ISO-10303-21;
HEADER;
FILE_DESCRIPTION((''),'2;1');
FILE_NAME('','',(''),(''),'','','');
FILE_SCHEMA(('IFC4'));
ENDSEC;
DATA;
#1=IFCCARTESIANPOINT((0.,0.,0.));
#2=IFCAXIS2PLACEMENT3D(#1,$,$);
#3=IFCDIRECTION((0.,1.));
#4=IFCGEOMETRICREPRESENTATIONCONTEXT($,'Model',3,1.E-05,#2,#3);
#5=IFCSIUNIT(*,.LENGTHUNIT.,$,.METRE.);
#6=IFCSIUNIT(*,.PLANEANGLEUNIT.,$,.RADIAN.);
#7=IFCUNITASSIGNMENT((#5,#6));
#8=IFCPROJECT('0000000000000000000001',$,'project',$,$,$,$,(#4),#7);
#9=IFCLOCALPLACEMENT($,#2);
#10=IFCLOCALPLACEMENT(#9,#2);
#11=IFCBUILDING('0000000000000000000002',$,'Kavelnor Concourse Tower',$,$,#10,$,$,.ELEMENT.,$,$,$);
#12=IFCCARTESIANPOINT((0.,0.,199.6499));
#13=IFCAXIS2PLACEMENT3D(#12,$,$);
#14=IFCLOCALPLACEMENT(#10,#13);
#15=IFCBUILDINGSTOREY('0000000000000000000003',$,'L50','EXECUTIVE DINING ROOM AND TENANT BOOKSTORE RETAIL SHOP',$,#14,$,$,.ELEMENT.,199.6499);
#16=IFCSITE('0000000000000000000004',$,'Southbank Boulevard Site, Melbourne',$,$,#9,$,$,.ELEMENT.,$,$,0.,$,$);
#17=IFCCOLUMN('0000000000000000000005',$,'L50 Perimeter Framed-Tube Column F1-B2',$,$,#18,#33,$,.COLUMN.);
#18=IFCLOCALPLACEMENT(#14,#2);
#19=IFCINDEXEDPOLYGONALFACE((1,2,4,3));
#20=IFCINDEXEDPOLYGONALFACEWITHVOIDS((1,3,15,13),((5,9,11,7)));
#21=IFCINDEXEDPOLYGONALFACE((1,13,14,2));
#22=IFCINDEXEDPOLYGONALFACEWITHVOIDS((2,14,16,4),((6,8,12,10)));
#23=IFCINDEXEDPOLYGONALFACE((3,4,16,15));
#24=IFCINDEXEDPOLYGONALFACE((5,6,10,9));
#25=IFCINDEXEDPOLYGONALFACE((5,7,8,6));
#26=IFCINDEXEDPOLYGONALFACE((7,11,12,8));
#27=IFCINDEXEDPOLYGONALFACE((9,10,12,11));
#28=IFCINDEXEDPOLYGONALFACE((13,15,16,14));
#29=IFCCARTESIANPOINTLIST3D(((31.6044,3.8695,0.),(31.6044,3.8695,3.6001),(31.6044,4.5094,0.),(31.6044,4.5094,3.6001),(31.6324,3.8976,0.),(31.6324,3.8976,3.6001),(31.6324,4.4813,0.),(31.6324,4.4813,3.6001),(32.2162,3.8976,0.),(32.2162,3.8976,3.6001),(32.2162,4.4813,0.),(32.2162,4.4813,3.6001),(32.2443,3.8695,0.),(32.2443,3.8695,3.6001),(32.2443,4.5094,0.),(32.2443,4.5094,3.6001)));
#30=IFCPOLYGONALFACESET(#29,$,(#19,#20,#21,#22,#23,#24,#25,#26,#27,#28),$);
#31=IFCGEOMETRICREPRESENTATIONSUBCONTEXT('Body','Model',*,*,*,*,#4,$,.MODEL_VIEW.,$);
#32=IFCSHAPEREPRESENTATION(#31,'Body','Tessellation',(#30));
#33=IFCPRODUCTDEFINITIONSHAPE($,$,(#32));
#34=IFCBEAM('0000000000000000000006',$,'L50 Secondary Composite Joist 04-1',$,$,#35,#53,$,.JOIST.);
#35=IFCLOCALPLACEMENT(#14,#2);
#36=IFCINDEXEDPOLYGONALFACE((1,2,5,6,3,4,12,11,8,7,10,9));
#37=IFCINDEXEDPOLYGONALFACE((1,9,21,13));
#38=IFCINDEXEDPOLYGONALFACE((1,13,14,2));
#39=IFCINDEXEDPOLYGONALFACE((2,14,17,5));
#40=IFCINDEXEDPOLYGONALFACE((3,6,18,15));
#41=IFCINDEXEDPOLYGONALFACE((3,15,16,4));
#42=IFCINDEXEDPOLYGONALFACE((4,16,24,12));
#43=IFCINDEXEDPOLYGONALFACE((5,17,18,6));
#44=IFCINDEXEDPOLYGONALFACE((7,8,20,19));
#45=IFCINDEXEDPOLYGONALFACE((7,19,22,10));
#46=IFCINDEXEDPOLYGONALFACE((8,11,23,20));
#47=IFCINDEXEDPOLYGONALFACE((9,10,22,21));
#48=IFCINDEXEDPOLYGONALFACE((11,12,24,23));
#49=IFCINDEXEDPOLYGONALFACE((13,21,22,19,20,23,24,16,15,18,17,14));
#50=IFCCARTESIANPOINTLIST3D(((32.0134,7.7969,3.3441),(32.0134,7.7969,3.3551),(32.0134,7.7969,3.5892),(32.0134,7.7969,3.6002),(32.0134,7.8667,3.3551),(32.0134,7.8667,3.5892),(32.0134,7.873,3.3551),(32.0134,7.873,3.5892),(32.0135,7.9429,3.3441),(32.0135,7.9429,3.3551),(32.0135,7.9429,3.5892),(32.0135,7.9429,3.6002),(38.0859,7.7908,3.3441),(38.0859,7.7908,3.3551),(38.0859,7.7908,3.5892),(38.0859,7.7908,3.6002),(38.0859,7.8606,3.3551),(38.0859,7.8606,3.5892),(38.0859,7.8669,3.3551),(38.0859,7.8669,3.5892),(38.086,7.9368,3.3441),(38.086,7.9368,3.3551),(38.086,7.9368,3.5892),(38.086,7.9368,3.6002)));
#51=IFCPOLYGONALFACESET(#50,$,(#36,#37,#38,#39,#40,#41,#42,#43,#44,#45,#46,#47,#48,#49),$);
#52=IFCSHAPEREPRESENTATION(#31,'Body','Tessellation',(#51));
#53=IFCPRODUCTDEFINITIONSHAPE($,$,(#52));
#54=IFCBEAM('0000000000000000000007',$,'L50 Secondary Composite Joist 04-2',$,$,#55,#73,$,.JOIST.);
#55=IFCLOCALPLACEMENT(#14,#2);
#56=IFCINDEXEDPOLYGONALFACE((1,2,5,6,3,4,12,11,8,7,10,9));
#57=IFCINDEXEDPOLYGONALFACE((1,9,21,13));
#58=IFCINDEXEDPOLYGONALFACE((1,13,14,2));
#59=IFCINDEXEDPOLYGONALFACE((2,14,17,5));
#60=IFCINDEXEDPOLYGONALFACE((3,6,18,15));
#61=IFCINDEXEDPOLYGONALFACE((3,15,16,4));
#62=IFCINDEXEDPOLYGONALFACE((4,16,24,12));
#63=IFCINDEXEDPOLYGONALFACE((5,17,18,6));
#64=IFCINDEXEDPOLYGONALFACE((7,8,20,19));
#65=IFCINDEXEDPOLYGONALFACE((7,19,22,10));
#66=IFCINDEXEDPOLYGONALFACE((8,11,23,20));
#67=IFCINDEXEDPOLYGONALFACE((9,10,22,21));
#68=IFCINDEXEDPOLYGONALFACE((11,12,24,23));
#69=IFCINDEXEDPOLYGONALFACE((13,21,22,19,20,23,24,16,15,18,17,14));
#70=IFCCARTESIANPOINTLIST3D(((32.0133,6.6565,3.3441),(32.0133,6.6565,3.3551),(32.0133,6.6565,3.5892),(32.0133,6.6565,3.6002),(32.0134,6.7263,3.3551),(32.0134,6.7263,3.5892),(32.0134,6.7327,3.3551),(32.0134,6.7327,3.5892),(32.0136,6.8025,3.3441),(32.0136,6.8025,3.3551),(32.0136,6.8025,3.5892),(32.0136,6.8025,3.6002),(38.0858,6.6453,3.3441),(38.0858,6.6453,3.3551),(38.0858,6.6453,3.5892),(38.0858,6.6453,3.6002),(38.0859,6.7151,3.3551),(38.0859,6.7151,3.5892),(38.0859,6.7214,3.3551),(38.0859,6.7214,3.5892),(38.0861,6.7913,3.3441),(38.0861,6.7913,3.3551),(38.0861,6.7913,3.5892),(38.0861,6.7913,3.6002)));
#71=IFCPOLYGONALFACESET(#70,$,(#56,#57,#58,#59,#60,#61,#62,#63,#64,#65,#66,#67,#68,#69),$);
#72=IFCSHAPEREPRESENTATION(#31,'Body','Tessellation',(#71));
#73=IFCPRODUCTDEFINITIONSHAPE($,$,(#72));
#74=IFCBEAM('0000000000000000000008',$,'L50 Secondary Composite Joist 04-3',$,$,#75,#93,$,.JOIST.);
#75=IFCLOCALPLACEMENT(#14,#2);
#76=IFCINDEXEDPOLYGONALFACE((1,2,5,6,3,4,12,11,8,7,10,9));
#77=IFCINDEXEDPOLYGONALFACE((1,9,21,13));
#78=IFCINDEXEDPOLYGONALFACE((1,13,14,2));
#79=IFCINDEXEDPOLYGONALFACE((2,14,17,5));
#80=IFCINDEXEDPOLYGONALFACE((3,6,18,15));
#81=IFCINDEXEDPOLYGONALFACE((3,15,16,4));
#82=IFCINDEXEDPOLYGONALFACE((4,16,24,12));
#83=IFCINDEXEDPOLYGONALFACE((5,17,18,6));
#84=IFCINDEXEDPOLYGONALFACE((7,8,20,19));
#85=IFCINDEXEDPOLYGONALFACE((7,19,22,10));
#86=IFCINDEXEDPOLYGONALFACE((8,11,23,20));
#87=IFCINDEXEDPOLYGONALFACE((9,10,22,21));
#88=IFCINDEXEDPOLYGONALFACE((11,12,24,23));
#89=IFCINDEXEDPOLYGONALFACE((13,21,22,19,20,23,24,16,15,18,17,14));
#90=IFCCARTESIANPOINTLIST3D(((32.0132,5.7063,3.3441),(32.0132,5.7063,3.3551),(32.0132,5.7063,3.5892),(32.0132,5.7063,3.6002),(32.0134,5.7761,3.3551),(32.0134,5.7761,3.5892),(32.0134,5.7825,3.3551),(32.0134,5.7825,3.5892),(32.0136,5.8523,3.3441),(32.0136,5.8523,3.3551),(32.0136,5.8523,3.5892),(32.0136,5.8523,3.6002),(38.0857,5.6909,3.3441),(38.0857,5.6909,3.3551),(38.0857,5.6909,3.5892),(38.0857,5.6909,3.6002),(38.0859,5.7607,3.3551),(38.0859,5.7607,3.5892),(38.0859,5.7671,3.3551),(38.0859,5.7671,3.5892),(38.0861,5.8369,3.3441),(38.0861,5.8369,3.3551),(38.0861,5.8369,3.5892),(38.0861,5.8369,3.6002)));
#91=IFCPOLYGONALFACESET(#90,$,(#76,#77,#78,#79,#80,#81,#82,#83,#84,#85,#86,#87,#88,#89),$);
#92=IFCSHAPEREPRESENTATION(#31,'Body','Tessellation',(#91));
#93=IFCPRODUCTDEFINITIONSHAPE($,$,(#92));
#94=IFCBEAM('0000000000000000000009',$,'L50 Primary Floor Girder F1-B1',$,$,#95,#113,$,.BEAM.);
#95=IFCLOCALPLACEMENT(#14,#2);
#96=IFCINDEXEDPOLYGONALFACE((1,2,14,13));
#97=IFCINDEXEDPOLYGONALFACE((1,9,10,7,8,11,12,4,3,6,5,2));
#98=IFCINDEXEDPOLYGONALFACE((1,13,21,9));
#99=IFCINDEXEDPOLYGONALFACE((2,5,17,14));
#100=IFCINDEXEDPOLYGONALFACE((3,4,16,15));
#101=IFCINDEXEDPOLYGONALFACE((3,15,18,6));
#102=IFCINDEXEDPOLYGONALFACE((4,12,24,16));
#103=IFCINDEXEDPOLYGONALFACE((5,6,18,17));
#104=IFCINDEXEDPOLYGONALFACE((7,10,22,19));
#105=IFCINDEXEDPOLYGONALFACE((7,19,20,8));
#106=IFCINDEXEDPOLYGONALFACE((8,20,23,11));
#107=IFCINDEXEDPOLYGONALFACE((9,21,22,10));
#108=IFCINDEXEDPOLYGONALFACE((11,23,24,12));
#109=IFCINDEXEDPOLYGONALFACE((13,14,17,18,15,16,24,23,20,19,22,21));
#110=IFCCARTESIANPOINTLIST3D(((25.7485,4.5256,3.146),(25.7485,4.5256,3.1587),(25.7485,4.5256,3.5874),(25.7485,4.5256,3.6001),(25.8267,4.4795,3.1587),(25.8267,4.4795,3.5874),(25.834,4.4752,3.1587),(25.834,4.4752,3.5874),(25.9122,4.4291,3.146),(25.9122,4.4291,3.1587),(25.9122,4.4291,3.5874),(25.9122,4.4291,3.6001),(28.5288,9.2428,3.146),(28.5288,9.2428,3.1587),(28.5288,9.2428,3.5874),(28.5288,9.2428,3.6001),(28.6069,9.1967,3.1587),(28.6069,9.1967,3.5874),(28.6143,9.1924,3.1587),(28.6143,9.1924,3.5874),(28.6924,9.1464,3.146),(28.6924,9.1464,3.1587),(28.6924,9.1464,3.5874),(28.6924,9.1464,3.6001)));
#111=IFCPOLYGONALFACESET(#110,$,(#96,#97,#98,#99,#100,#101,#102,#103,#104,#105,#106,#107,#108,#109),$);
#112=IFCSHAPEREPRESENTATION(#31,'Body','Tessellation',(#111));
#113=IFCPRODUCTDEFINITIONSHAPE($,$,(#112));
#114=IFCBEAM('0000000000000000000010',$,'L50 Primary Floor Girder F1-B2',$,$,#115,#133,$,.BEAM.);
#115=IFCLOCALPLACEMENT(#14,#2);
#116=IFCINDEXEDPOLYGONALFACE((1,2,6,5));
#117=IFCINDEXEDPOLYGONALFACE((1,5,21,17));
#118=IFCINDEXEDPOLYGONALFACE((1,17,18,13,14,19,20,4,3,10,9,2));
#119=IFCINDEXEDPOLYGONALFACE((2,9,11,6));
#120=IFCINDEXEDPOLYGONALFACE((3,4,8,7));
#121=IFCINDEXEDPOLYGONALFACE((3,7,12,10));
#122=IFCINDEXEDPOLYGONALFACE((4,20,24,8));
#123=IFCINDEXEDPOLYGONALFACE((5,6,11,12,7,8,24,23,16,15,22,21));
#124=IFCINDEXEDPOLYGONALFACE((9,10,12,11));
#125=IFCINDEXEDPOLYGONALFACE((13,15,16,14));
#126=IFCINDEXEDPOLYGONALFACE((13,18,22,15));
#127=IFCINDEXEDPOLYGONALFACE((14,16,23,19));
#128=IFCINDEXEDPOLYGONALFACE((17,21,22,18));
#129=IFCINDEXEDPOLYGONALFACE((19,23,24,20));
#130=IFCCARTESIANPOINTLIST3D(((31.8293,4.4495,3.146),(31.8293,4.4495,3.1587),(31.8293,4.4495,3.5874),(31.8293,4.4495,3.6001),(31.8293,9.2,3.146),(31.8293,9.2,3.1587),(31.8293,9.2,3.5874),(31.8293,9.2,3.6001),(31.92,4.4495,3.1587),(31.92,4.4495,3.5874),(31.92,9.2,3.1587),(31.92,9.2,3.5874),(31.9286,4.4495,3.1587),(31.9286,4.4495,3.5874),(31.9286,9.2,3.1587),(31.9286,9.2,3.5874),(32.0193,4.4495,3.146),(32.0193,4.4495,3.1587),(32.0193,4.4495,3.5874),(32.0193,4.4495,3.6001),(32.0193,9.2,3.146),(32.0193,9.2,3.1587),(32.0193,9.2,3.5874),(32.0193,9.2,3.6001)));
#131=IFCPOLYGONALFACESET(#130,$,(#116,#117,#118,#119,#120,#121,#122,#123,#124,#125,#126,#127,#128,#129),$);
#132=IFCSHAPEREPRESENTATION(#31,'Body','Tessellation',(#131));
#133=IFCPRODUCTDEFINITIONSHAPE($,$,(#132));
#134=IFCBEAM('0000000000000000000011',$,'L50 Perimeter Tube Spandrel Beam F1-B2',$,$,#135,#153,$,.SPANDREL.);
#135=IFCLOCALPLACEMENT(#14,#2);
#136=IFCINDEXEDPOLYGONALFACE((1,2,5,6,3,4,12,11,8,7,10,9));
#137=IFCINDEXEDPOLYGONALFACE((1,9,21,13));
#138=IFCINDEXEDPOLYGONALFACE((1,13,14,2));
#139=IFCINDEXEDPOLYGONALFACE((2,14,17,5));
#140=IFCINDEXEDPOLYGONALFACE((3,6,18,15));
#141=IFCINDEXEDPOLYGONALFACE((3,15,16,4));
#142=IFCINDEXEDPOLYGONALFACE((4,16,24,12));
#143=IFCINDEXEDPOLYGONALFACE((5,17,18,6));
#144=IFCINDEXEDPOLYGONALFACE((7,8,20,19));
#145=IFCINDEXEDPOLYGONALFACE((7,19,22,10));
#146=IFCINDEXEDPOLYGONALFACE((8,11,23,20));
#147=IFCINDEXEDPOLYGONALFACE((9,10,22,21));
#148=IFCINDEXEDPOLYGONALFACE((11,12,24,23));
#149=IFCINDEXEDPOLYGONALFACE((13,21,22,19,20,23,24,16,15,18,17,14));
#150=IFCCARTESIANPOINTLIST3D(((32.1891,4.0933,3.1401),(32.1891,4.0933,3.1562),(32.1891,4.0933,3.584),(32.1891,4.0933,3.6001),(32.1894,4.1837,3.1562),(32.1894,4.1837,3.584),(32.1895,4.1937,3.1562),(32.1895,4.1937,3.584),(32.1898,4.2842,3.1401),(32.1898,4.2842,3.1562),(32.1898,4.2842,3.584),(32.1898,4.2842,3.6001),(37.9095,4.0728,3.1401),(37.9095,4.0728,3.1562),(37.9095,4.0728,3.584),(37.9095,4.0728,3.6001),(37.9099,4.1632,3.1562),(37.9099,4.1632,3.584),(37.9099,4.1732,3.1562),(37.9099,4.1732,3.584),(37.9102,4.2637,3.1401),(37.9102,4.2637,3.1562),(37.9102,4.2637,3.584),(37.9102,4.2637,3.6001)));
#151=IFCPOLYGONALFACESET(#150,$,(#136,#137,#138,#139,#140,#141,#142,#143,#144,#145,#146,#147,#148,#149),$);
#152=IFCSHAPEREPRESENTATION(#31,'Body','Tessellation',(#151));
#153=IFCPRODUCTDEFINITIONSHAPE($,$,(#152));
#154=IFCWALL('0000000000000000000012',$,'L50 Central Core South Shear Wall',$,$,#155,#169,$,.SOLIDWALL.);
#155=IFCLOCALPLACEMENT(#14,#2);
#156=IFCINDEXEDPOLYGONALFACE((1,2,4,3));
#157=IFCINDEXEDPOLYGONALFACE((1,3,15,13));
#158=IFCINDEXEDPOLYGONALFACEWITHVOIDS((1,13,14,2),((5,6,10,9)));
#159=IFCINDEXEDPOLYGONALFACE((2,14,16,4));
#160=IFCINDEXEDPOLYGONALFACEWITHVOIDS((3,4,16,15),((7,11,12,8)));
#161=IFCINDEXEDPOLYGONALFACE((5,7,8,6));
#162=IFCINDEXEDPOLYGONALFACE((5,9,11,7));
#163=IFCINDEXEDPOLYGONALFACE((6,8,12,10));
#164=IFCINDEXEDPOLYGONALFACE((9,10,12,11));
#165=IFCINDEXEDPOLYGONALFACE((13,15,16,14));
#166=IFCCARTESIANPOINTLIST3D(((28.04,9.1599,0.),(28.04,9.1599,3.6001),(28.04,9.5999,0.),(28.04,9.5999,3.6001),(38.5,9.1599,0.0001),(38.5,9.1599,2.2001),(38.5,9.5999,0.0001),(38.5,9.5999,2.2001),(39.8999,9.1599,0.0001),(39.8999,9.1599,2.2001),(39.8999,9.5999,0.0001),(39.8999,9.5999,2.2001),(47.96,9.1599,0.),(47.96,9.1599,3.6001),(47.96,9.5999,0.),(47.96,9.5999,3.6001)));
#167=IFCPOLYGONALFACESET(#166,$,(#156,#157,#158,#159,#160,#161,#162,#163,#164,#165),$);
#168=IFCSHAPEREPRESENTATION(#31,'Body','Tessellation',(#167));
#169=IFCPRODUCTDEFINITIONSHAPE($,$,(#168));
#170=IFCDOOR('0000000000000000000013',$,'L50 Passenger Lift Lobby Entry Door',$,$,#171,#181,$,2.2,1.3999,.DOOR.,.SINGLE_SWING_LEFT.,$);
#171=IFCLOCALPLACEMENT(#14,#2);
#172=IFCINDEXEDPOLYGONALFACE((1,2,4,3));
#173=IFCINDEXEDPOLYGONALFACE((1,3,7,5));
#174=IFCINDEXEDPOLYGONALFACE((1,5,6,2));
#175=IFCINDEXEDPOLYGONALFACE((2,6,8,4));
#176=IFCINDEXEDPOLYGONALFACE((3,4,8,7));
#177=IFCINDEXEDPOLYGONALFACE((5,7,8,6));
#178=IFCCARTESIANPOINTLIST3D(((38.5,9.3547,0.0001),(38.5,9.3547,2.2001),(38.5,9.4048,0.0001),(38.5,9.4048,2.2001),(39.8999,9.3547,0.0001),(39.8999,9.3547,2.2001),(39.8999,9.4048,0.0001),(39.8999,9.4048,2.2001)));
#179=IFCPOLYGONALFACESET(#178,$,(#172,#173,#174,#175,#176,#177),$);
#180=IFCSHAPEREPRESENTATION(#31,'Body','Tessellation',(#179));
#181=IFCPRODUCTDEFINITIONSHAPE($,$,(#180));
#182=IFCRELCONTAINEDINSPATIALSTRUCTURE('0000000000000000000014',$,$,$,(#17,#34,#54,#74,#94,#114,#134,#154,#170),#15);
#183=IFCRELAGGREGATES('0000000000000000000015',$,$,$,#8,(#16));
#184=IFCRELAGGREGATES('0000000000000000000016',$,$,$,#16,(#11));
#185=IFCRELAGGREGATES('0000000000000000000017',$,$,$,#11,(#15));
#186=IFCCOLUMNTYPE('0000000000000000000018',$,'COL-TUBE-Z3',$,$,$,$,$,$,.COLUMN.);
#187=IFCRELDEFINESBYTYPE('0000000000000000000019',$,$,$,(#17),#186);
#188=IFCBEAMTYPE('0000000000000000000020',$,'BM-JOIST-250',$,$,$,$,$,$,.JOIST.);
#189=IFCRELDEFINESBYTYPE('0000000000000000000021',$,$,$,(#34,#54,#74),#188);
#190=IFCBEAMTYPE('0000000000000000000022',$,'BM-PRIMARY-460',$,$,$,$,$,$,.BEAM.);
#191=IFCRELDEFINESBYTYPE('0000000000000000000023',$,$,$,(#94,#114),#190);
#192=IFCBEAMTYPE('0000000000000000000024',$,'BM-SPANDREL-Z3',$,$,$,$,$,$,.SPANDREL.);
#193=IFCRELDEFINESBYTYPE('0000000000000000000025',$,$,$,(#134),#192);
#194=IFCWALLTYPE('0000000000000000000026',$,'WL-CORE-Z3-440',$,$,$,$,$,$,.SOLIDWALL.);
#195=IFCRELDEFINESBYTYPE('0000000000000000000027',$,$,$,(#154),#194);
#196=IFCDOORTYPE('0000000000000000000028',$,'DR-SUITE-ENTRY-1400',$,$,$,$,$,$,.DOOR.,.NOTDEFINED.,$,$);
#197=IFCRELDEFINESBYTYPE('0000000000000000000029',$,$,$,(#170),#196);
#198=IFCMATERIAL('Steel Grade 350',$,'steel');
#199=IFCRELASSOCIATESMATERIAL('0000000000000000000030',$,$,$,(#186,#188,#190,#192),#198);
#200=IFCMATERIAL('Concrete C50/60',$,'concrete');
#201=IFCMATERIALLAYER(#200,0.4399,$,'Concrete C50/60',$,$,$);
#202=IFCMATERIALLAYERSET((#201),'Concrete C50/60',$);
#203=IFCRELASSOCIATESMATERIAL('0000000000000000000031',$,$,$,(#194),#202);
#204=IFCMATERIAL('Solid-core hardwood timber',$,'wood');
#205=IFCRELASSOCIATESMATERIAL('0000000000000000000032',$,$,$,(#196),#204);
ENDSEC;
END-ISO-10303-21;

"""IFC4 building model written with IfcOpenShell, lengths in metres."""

from ifc_helpers import new_model, si_unit, direction, frame, frame_2d, origin, origin_2d, place, context, subcontext, project, spatial, rectangle, hollow_rectangle, i_section, extrude, material, layer, layer_set, material_profile, profile_set, type_object, element, fill, save


model = new_model("IFC4")

# Units and contexts
model_context = context("Model", 3, precision=1e-05, world=origin(), true_north=direction((0.0, 1.0)))
body_context = subcontext(model_context, "Body", "Model", "MODEL_VIEW")
ifc_project = project(units=[si_unit("LENGTHUNIT", "METRE"), si_unit("PLANEANGLEUNIT", "RADIAN")], contexts=[model_context])

# Site, building, storey
site_placement = place(None, origin())
site = spatial("IfcSite", under=ifc_project, at=site_placement, Name="Southbank Boulevard Site, Melbourne", CompositionType="ELEMENT", RefElevation=0.0)
building_placement = place(site_placement, origin())
building = spatial("IfcBuilding", under=site, at=building_placement, Name="Kavelnor Concourse Tower", CompositionType="ELEMENT")
storey_placement = place(building_placement, frame((0.0, 0.0, 199.6499)))
storey = spatial("IfcBuildingStorey", under=building, at=storey_placement, Name="L50", Description="EXECUTIVE DINING ROOM AND TENANT BOOKSTORE RETAIL SHOP", CompositionType="ELEMENT", Elevation=199.6499)

# Column
ifc_material_1 = material(Name="Steel Grade 350", Category="steel")
ifc_material_profile_1 = material_profile(ifc_material_1, hollow_rectangle(XDim=0.6399, YDim=0.6399, WallThickness=0.0281, at=origin_2d()), Name="SHS 640x640x28")
ifc_profile_set_1 = profile_set([ifc_material_profile_1], Name="Steel Grade 350")
column_type = type_object("IfcColumnType", Name="COL-TUBE-Z3", PredefinedType="COLUMN", material=ifc_profile_set_1)
column_placement = place(storey_placement, frame((31.9243, 4.1895, 0.0), z_axis=(0.0, 0.0, 1.0), x_axis=(1.0, 0.0, 0.0)))
element("IfcColumn", 1, at=column_placement, inside=storey, type_object=column_type, Name="L50 Perimeter Framed-Tube Column F1-B2", PredefinedType="COLUMN", context=body_context, shape_type="SweptSolid", body=[
    extrude(hollow_rectangle(XDim=0.6399, YDim=0.6399, WallThickness=0.0281, at=origin_2d()), origin(), (0.0, 0.0, 1.0), 3.6001),
])

# Beams
ifc_material_profile_2 = material_profile(ifc_material_1, i_section(OverallWidth=0.146, OverallDepth=0.2561, WebThickness=0.0063, FlangeThickness=0.011, at=origin_2d()), Name="250UB37")
ifc_profile_set_2 = profile_set([ifc_material_profile_2], Name="Steel Grade 350")
beam_type_1 = type_object("IfcBeamType", Name="BM-JOIST-250", PredefinedType="JOIST", material=ifc_profile_set_2)
for number, where, z_axis, x_axis, name in (
    (2, (32.0134, 7.8699, 3.4722), (0.999999, -0.001005, 0.0), (0.001005, 0.999999, 0.0), "L50 Secondary Composite Joist 04-1"),
    (3, (32.0134, 6.7295, 3.4722), (0.999998, -0.001849, 0.0), (0.001849, 0.999998, 0.0), "L50 Secondary Composite Joist 04-2"),
    (4, (32.0134, 5.7793, 3.4722), (0.999997, -0.002533, 0.0), (0.002533, 0.999997, 0.0), "L50 Secondary Composite Joist 04-3"),
):
    element("IfcBeam", number, at=place(storey_placement, frame(where, z_axis=z_axis, x_axis=x_axis)), inside=storey, type_object=beam_type_1, Name=name, PredefinedType="JOIST", context=body_context, shape_type="SweptSolid", body=[
        extrude(i_section(OverallWidth=0.146, OverallDepth=0.2561, WebThickness=0.0063, FlangeThickness=0.011, at=origin_2d()), origin(), (0.0, 0.0, 1.0), 6.0725),
    ])
ifc_material_profile_3 = material_profile(ifc_material_1, i_section(OverallWidth=0.1899, OverallDepth=0.4541, WebThickness=0.0085, FlangeThickness=0.0127, at=origin_2d()), Name="460UB67")
ifc_profile_set_3 = profile_set([ifc_material_profile_3], Name="Steel Grade 350")
beam_type_2 = type_object("IfcBeamType", Name="BM-PRIMARY-460", PredefinedType="BEAM", material=ifc_profile_set_3)
beam_1_placement = place(storey_placement, frame((28.6106, 9.1946, 3.373), z_axis=(-0.507753, -0.861503, 0.0), x_axis=(0.861503, -0.507753, 0.0)))
element("IfcBeam", 5, at=beam_1_placement, inside=storey, type_object=beam_type_2, Name="L50 Primary Floor Girder F1-B1", PredefinedType="BEAM", context=body_context, shape_type="SweptSolid", body=[
    extrude(i_section(OverallWidth=0.1899, OverallDepth=0.4541, WebThickness=0.0085, FlangeThickness=0.0127, at=origin_2d()), origin(), (0.0, 0.0, 1.0), 5.4756),
])
beam_2_placement = place(storey_placement, frame((31.9243, 9.2, 3.373), z_axis=(0.0, -1.0, 0.0), x_axis=(1.0, 0.0, 0.0)))
element("IfcBeam", 6, at=beam_2_placement, inside=storey, type_object=beam_type_2, Name="L50 Primary Floor Girder F1-B2", PredefinedType="BEAM", context=body_context, shape_type="SweptSolid", body=[
    extrude(i_section(OverallWidth=0.1899, OverallDepth=0.4541, WebThickness=0.0085, FlangeThickness=0.0127, at=origin_2d()), origin(), (0.0, 0.0, 1.0), 4.7505),
])
ifc_material_profile_4 = material_profile(ifc_material_1, i_section(OverallWidth=0.1909, OverallDepth=0.46, WebThickness=0.01, FlangeThickness=0.0161, at=origin_2d()), Name="460UB82")
ifc_profile_set_4 = profile_set([ifc_material_profile_4], Name="Steel Grade 350")
beam_type_3 = type_object("IfcBeamType", Name="BM-SPANDREL-Z3", PredefinedType="SPANDREL", material=ifc_profile_set_4)
beam_3_placement = place(storey_placement, frame((32.1895, 4.1887, 3.3701), z_axis=(0.999994, -0.003585, 0.0), x_axis=(0.003585, 0.999994, 0.0)))
element("IfcBeam", 7, at=beam_3_placement, inside=storey, type_object=beam_type_3, Name="L50 Perimeter Tube Spandrel Beam F1-B2", PredefinedType="SPANDREL", context=body_context, shape_type="SweptSolid", body=[
    extrude(i_section(OverallWidth=0.1909, OverallDepth=0.46, WebThickness=0.01, FlangeThickness=0.0161, at=origin_2d()), origin(), (0.0, 0.0, 1.0), 5.7205),
])

# Wall, opening, door
ifc_material_2 = material(Name="Concrete C50/60", Category="concrete")
ifc_layer_1 = layer(ifc_material_2, 0.4399, Name="Concrete C50/60")
ifc_layer_set_1 = layer_set([ifc_layer_1], Name="Concrete C50/60")
wall_type_1 = type_object("IfcWallType", Name="WL-CORE-Z3-440", PredefinedType="SOLIDWALL", material=ifc_layer_set_1)
wall_1_placement = place(storey_placement, frame((28.04, 9.3799, 0.0), z_axis=(0.0, 0.0, 1.0), x_axis=(1.0, 0.0, 0.0)))
wall_1 = element("IfcWall", 8, at=wall_1_placement, inside=storey, type_object=wall_type_1, Name="L50 Central Core South Shear Wall", PredefinedType="SOLIDWALL", context=body_context, shape_type="SweptSolid", body=[
    extrude(rectangle(XDim=19.9199, YDim=0.4399, at=frame_2d((9.96, 0.0))), origin(), (0.0, 0.0, 1.0), 3.6001),
])
opening_1_placement = place(wall_1_placement, frame((10.46, 0.0, 0.0)))
opening_1 = element("IfcOpeningElement", 9, at=opening_1_placement, cuts=wall_1, PredefinedType="OPENING", context=body_context, shape_type="SweptSolid", body=[
    extrude(rectangle(XDim=1.3999, YDim=2.2, at=frame_2d((0.7, 1.1001))), frame((0.0, 0.23, 0.0), z_axis=(0.0, -1.0, 0.0), x_axis=(1.0, 0.0, 0.0)), (0.0, 0.0, 1.0), 0.46),
])
ifc_material_3 = material(Name="Solid-core hardwood timber", Category="wood")
door_type_1 = type_object("IfcDoorType", Name="DR-SUITE-ENTRY-1400", OperationType="NOTDEFINED", PredefinedType="DOOR", material=ifc_material_3)
door_1_placement = place(opening_1_placement, origin())
door_1 = element("IfcDoor", 10, at=door_1_placement, inside=storey, type_object=door_type_1, Name="L50 Passenger Lift Lobby Entry Door", OperationType="SINGLE_SWING_LEFT", OverallHeight=2.2, OverallWidth=1.3999, PredefinedType="DOOR", context=body_context, shape_type="SweptSolid", body=[
    extrude(rectangle(XDim=1.3999, YDim=2.2, at=frame_2d((0.7, 1.1001))), frame((0.0, 0.0249, 0.0), z_axis=(0.0, -1.0, 0.0), x_axis=(1.0, 0.0, 0.0)), (0.0, 0.0, 1.0), 0.05),
])
fill(opening_1, door_1)

save(model, "model.ifc")
